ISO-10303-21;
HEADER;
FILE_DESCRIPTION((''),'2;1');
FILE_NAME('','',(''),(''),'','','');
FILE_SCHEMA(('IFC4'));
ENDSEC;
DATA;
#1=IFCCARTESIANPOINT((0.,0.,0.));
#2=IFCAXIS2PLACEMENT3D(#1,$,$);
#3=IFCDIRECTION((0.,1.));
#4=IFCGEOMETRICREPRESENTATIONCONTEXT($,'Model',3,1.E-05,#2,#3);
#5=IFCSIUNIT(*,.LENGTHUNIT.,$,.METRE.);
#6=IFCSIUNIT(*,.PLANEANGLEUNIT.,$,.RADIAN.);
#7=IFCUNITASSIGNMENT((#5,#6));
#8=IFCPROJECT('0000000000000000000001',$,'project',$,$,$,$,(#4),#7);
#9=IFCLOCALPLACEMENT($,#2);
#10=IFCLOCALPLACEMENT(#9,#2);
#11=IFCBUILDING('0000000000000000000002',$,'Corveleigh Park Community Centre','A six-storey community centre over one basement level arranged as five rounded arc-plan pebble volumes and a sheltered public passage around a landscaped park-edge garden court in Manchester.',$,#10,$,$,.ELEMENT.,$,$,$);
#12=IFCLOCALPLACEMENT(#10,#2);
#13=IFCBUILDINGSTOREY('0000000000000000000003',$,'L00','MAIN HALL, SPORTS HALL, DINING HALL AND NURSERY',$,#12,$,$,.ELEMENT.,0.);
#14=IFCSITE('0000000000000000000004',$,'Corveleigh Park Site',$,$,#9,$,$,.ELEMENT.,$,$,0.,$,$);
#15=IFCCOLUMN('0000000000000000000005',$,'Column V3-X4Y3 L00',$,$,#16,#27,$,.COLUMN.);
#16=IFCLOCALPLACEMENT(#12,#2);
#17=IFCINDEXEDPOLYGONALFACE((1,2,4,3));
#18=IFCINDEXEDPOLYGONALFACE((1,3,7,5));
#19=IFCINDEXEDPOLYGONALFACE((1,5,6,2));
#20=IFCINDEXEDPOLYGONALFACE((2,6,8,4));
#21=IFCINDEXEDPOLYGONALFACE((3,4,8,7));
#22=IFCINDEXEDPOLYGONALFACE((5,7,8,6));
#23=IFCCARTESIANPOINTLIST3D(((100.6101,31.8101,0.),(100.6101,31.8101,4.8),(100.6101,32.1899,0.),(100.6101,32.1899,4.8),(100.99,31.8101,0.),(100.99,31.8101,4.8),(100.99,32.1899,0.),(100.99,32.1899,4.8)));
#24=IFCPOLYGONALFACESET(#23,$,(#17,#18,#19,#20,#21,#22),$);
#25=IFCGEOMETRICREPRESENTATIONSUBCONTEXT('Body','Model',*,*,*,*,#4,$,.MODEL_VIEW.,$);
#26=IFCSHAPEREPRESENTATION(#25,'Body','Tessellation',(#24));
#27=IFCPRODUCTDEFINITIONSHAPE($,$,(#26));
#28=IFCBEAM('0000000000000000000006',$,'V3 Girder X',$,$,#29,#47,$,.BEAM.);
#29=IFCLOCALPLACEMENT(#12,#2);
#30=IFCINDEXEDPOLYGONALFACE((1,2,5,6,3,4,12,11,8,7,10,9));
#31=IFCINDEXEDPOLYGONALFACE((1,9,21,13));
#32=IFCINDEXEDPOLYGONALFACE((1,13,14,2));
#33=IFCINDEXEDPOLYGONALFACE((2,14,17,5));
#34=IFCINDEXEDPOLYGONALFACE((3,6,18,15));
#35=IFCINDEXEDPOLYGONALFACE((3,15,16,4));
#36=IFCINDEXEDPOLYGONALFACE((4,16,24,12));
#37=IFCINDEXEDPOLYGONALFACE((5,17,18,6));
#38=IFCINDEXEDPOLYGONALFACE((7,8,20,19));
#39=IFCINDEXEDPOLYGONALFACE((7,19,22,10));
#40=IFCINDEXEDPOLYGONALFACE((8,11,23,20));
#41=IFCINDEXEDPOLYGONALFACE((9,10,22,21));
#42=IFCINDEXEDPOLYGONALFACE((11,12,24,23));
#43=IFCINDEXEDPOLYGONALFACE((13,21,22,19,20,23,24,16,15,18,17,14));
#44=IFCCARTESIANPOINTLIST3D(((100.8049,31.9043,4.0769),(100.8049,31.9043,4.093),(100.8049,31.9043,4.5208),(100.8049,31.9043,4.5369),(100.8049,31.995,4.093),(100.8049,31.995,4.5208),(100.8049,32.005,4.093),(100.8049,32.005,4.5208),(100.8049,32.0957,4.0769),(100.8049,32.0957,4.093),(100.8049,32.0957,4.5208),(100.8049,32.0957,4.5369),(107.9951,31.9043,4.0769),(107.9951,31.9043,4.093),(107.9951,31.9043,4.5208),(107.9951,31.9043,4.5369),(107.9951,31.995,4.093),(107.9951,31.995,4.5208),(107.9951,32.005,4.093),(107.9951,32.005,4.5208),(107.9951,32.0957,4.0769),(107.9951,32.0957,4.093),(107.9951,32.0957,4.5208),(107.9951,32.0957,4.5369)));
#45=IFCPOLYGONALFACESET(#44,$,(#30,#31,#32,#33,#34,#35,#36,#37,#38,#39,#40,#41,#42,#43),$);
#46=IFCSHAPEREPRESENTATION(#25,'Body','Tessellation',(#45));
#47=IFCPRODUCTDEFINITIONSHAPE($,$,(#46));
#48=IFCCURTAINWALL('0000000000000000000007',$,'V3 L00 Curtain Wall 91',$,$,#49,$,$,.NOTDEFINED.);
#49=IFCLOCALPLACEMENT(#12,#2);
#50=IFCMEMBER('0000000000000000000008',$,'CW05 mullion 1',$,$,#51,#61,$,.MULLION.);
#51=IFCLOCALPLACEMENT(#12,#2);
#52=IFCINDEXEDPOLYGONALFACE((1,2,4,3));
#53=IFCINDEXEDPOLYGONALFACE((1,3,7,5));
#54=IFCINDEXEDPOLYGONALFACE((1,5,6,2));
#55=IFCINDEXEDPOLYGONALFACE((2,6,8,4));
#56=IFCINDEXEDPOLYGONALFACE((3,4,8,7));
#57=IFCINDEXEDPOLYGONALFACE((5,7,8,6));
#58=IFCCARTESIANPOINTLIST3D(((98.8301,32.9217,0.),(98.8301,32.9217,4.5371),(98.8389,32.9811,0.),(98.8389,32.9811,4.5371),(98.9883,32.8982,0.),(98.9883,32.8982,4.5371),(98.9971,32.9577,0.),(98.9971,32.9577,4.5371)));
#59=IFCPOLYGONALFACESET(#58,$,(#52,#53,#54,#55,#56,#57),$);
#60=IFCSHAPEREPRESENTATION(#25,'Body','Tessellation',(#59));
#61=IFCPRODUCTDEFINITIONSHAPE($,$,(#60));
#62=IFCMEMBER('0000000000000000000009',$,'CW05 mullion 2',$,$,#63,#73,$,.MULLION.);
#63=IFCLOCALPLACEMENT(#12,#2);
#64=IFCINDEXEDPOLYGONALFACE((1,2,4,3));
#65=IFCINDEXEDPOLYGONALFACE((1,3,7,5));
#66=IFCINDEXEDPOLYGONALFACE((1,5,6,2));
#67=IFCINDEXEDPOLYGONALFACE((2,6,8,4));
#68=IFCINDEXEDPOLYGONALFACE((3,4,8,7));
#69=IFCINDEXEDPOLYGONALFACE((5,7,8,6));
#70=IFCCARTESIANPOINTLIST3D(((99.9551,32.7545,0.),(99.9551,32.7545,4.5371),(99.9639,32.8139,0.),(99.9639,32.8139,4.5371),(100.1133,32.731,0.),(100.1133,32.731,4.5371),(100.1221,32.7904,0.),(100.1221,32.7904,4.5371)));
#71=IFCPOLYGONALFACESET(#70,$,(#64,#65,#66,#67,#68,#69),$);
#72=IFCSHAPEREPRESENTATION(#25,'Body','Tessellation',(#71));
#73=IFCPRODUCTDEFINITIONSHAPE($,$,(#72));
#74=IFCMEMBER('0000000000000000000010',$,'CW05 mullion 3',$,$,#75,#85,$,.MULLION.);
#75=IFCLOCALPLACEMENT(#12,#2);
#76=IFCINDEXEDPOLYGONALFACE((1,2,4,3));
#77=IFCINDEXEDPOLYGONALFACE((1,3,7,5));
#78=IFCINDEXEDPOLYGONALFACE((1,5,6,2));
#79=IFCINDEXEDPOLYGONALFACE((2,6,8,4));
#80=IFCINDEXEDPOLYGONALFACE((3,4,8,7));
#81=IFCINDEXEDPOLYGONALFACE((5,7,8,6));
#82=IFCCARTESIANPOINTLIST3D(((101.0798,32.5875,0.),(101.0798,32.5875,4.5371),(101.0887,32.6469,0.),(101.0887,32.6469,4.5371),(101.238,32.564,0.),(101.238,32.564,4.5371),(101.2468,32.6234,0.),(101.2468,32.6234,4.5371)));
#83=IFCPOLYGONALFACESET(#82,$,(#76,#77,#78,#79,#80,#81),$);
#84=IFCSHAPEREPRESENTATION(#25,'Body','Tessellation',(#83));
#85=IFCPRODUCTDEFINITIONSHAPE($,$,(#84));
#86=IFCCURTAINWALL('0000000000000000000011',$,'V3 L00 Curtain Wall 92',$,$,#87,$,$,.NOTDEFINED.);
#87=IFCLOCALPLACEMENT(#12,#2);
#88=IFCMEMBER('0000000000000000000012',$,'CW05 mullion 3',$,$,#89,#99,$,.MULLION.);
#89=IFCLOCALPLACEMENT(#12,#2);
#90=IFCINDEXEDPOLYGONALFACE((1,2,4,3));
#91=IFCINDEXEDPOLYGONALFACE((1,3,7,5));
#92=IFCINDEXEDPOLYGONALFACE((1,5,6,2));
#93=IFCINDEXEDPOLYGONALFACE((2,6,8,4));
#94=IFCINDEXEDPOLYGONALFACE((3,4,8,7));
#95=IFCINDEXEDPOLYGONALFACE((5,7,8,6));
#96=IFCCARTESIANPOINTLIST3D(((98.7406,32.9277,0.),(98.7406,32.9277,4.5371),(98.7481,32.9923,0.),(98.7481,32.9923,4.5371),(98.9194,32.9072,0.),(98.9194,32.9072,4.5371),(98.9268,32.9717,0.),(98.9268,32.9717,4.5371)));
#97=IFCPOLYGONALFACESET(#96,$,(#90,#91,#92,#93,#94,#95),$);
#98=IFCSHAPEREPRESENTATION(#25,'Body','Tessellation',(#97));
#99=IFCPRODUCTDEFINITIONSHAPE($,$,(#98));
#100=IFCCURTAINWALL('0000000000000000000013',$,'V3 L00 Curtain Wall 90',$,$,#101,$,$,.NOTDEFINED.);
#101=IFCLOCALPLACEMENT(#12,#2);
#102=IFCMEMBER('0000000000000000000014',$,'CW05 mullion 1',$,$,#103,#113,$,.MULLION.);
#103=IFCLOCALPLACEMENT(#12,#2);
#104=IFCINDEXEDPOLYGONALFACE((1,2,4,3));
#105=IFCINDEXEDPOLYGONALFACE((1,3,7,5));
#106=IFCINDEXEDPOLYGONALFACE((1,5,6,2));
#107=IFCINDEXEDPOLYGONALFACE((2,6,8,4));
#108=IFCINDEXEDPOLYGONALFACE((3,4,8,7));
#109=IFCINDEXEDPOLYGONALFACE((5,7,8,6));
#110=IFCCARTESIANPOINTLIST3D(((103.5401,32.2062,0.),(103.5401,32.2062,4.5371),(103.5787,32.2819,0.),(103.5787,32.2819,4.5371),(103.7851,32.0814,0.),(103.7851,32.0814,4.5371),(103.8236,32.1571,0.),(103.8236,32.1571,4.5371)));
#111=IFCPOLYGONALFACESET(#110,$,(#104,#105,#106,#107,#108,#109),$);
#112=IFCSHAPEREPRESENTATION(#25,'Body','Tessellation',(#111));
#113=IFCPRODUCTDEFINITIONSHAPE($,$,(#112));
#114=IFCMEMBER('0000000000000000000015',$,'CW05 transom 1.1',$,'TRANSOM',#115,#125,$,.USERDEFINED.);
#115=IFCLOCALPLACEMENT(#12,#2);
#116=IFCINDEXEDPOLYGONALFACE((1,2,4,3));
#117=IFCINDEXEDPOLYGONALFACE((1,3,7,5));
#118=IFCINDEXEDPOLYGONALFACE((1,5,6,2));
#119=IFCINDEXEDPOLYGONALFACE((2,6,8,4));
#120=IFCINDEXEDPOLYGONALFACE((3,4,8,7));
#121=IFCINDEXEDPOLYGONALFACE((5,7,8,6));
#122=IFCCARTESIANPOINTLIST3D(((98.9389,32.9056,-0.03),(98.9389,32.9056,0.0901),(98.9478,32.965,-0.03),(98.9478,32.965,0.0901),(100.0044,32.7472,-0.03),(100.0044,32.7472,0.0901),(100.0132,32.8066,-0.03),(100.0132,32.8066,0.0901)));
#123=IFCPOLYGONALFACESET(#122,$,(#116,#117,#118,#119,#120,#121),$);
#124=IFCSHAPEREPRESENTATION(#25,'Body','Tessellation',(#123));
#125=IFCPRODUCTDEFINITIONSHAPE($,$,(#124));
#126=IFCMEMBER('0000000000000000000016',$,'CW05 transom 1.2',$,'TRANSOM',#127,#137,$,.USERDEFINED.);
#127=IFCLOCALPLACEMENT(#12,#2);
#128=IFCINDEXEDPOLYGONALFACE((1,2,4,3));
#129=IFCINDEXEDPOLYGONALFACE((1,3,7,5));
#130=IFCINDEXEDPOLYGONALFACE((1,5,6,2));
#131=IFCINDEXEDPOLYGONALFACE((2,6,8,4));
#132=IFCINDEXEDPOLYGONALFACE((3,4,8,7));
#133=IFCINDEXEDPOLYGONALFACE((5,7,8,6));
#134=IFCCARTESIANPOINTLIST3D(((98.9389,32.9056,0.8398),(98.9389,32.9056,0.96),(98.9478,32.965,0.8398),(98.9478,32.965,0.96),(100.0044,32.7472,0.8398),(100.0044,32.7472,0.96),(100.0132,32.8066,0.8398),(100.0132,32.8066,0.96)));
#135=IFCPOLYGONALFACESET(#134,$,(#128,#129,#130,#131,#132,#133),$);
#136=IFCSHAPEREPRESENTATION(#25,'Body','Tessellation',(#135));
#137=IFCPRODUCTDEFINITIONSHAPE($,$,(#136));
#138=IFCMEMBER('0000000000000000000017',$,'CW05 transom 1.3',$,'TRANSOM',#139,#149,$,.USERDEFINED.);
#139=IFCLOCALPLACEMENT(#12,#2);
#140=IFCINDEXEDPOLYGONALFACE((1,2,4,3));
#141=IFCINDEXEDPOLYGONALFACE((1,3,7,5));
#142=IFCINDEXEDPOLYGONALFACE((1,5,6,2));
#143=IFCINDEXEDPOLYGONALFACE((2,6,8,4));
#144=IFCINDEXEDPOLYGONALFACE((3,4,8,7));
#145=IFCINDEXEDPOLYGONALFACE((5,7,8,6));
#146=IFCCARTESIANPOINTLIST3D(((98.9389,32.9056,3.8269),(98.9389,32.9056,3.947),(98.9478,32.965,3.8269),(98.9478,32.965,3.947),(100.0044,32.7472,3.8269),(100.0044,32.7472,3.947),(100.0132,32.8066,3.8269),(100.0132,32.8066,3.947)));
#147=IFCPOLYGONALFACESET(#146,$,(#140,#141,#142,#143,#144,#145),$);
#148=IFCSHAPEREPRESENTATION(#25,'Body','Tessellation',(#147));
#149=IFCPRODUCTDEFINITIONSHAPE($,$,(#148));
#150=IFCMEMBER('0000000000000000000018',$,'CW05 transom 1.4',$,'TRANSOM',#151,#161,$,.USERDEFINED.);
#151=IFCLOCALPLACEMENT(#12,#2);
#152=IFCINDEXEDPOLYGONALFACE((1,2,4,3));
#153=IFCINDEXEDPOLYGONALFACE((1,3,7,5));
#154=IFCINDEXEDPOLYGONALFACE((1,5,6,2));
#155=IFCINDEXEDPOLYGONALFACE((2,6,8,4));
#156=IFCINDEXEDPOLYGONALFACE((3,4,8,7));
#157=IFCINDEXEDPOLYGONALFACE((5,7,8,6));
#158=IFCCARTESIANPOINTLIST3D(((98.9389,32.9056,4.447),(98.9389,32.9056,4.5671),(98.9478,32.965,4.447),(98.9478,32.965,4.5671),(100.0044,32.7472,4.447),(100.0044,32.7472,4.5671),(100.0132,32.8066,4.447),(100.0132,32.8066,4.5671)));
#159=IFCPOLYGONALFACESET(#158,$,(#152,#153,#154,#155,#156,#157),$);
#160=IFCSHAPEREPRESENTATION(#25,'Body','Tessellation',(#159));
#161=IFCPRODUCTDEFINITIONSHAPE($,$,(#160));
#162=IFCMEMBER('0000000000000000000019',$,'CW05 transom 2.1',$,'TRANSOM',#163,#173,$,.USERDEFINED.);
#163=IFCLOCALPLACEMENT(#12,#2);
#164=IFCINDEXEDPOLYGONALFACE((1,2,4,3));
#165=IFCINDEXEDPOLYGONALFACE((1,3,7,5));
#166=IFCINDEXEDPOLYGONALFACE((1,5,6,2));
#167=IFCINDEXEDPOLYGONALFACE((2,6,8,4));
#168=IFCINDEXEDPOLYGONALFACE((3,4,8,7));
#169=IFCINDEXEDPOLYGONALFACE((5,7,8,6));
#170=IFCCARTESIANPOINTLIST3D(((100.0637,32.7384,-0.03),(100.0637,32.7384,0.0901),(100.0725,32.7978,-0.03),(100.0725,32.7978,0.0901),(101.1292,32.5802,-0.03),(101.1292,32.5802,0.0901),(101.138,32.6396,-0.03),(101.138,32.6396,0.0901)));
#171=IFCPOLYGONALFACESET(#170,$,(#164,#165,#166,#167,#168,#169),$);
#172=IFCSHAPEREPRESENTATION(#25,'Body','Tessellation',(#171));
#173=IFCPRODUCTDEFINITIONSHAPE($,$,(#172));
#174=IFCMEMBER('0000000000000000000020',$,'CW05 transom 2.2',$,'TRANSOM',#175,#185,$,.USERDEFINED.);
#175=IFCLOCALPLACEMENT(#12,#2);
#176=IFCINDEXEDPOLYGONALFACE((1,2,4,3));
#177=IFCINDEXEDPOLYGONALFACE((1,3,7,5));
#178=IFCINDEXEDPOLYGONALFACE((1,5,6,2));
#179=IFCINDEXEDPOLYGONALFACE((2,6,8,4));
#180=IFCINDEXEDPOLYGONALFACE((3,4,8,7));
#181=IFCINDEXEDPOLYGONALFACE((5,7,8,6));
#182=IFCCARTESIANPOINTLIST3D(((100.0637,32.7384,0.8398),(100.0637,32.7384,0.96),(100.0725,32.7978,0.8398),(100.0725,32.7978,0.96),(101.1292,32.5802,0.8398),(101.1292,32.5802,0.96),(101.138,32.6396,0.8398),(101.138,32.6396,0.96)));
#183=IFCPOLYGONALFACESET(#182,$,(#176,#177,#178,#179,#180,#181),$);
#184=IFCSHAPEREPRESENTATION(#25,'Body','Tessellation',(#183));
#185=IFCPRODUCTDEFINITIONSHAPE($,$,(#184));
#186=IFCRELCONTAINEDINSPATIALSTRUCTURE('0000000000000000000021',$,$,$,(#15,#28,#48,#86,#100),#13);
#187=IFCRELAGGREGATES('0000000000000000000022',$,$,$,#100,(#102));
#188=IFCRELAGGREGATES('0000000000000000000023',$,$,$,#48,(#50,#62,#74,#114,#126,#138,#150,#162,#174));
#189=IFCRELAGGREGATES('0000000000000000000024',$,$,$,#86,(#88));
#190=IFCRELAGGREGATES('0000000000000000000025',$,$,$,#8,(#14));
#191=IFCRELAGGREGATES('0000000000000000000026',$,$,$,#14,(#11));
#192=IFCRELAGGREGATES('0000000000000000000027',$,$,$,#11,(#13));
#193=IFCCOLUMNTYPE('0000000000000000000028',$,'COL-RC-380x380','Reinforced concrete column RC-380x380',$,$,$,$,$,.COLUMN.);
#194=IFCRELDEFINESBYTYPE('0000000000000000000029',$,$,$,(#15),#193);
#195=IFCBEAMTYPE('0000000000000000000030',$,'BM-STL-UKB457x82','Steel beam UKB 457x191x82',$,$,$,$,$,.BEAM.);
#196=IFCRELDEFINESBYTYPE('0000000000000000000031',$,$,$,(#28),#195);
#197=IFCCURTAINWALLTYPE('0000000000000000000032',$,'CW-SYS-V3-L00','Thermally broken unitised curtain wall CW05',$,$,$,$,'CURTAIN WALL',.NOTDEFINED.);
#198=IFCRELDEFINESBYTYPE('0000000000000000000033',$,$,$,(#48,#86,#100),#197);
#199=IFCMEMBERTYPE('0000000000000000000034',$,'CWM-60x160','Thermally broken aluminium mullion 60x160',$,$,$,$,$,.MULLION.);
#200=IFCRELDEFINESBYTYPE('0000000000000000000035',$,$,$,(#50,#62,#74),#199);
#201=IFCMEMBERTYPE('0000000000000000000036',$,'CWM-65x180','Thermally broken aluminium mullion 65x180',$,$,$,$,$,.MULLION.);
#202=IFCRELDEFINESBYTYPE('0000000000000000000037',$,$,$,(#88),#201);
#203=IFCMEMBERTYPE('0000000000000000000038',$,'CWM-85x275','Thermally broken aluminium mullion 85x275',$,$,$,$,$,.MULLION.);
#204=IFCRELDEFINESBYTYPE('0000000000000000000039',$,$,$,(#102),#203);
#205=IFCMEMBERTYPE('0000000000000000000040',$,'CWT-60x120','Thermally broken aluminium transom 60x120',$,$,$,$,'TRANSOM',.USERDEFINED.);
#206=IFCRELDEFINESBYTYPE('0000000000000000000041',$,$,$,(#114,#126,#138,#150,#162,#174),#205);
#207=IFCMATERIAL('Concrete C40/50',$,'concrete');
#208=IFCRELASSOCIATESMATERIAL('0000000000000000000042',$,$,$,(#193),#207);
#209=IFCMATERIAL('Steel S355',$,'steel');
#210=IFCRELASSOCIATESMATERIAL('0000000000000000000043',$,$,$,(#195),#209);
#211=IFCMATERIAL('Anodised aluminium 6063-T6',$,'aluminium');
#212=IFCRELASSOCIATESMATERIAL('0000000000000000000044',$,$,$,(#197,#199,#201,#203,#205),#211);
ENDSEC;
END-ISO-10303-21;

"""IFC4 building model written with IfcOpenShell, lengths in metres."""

from ifc_helpers import new_model, si_unit, direction, frame, origin, origin_2d, place, context, subcontext, project, spatial, rectangle, i_section, extrude, material, material_profile, profile_set, type_object, element, aggregate, save


model = new_model("IFC4")

# Units and contexts
model_context = context("Model", 3, precision=1e-05, world=origin(), true_north=direction((0.0, 1.0)))
body_context = subcontext(model_context, "Body", "Model", "MODEL_VIEW")
ifc_project = project(units=[si_unit("LENGTHUNIT", "METRE"), si_unit("PLANEANGLEUNIT", "RADIAN")], contexts=[model_context])

# Site, building, storey
site_placement = place(None, origin())
site = spatial("IfcSite", under=ifc_project, at=site_placement, Name="Corveleigh Park Site", CompositionType="ELEMENT", RefElevation=0.0)
building_placement = place(site_placement, origin())
building = spatial("IfcBuilding", under=site, at=building_placement, Name="Corveleigh Park Community Centre", Description="A six-storey community centre over one basement level arranged as five rounded arc-plan pebble volumes and a sheltered public passage around a landscaped park-edge garden court in Manchester.", CompositionType="ELEMENT")
storey_placement = place(building_placement, origin())
storey = spatial("IfcBuildingStorey", under=building, at=storey_placement, Name="L00", Description="MAIN HALL, SPORTS HALL, DINING HALL AND NURSERY", CompositionType="ELEMENT", Elevation=0.0)

# Column
ifc_material_1 = material(Name="Concrete C40/50", Category="concrete")
ifc_material_profile_1 = material_profile(ifc_material_1, rectangle(XDim=0.3799, YDim=0.3799, at=origin_2d()), Name="RC-380x380", Category="concrete")
ifc_profile_set_1 = profile_set([ifc_material_profile_1], Name="Concrete C40/50")
column_type = type_object("IfcColumnType", Name="COL-RC-380x380", Description="Reinforced concrete column RC-380x380", PredefinedType="COLUMN", material=ifc_profile_set_1)
column_placement = place(storey_placement, frame((100.8, 32.0, 0.0), z_axis=(0.0, 0.0, 1.0), x_axis=(1.0, 0.0, 0.0)))
element("IfcColumn", 1, at=column_placement, inside=storey, type_object=column_type, Name="Column V3-X4Y3 L00", PredefinedType="COLUMN", context=body_context, shape_type="SweptSolid", body=[
    extrude(rectangle(XDim=0.3799, YDim=0.3799, at=origin_2d()), origin(), (0.0, 0.0, 1.0), 4.8),
])

# Beam
ifc_material_2 = material(Name="Steel S355", Category="steel")
ifc_material_profile_2 = material_profile(ifc_material_2, i_section(OverallWidth=0.1914, OverallDepth=0.46, WebThickness=0.01, FlangeThickness=0.0161, at=origin_2d()), Name="UKB 457x191x82", Category="steel")
ifc_profile_set_2 = profile_set([ifc_material_profile_2], Name="Steel S355")
beam_type = type_object("IfcBeamType", Name="BM-STL-UKB457x82", Description="Steel beam UKB 457x191x82", PredefinedType="BEAM", material=ifc_profile_set_2)
beam_placement = place(storey_placement, frame((100.8049, 32.0, 4.3069), z_axis=(1.0, 0.0, 0.0), x_axis=(0.0, 1.0, 0.0)))
element("IfcBeam", 2, at=beam_placement, inside=storey, type_object=beam_type, Name="V3 Girder X", PredefinedType="BEAM", context=body_context, shape_type="SweptSolid", body=[
    extrude(i_section(OverallWidth=0.1914, OverallDepth=0.46, WebThickness=0.01, FlangeThickness=0.0161, at=origin_2d()), origin(), (0.0, 0.0, 1.0), 7.1902),
])

# Curtain wall, members
ifc_material_3 = material(Name="Anodised aluminium 6063-T6", Category="aluminium")
curtain_wall_type = type_object("IfcCurtainWallType", Name="CW-SYS-V3-L00", Description="Thermally broken unitised curtain wall CW05", ElementType="CURTAIN WALL", PredefinedType="NOTDEFINED", material=ifc_material_3)
curtain_wall_1_placement = place(storey_placement, origin())
curtain_wall_1 = element("IfcCurtainWall", 3, at=curtain_wall_1_placement, inside=storey, type_object=curtain_wall_type, Name="V3 L00 Curtain Wall 91", PredefinedType="NOTDEFINED")
ifc_material_profile_3 = material_profile(ifc_material_3, rectangle(XDim=0.0601, YDim=0.1599, at=origin_2d()), Name="ALU-M60x160", Category="aluminium")
ifc_profile_set_3 = profile_set([ifc_material_profile_3], Name="Anodised aluminium 6063-T6")
member_type_1 = type_object("IfcMemberType", Name="CWM-60x160", Description="Thermally broken aluminium mullion 60x160", PredefinedType="MULLION", material=ifc_profile_set_3)
member_1_placement = place(storey_placement, frame((98.9136, 32.9397, 0.0), z_axis=(0.0, 0.0, 1.0), x_axis=(0.146937, 0.989146, 0.0)))
member_1 = element("IfcMember", 4, at=member_1_placement, type_object=member_type_1, Name="CW05 mullion 1", PredefinedType="MULLION", context=body_context, shape_type="SweptSolid", body=[
    extrude(rectangle(XDim=0.0601, YDim=0.1599, at=origin_2d()), origin(), (0.0, 0.0, 1.0), 4.5371),
])
member_2_placement = place(storey_placement, frame((100.0386, 32.7725, 0.0), z_axis=(0.0, 0.0, 1.0), x_axis=(0.146937, 0.989146, 0.0)))
member_2 = element("IfcMember", 5, at=member_2_placement, type_object=member_type_1, Name="CW05 mullion 2", PredefinedType="MULLION", context=body_context, shape_type="SweptSolid", body=[
    extrude(rectangle(XDim=0.0601, YDim=0.1599, at=origin_2d()), origin(), (0.0, 0.0, 1.0), 4.5371),
])
member_3_placement = place(storey_placement, frame((101.1633, 32.6055, 0.0), z_axis=(0.0, 0.0, 1.0), x_axis=(0.146937, 0.989146, 0.0)))
member_3 = element("IfcMember", 6, at=member_3_placement, type_object=member_type_1, Name="CW05 mullion 3", PredefinedType="MULLION", context=body_context, shape_type="SweptSolid", body=[
    extrude(rectangle(XDim=0.0601, YDim=0.1599, at=origin_2d()), origin(), (0.0, 0.0, 1.0), 4.5371),
])

# Curtain walls, members
curtain_wall_2_placement = place(storey_placement, origin())
curtain_wall_2 = element("IfcCurtainWall", 7, at=curtain_wall_2_placement, inside=storey, type_object=curtain_wall_type, Name="V3 L00 Curtain Wall 92", PredefinedType="NOTDEFINED")
ifc_material_profile_4 = material_profile(ifc_material_3, rectangle(XDim=0.0649, YDim=0.1799, at=origin_2d()), Name="ALU-M65x180", Category="aluminium")
ifc_profile_set_4 = profile_set([ifc_material_profile_4], Name="Anodised aluminium 6063-T6")
member_type_2 = type_object("IfcMemberType", Name="CWM-65x180", Description="Thermally broken aluminium mullion 65x180", PredefinedType="MULLION", material=ifc_profile_set_4)
member_4_placement = place(storey_placement, frame((98.8337, 32.9497, 0.0), z_axis=(0.0, 0.0, 1.0), x_axis=(0.114478, 0.993426, 0.0)))
member_4 = element("IfcMember", 8, at=member_4_placement, type_object=member_type_2, Name="CW05 mullion 3", PredefinedType="MULLION", context=body_context, shape_type="SweptSolid", body=[
    extrude(rectangle(XDim=0.0649, YDim=0.1799, at=origin_2d()), origin(), (0.0, 0.0, 1.0), 4.5371),
])
curtain_wall_3_placement = place(storey_placement, origin())
curtain_wall_3 = element("IfcCurtainWall", 9, at=curtain_wall_3_placement, inside=storey, type_object=curtain_wall_type, Name="V3 L00 Curtain Wall 90", PredefinedType="NOTDEFINED")
ifc_material_profile_5 = material_profile(ifc_material_3, rectangle(XDim=0.085, YDim=0.2749, at=origin_2d()), Name="ALU-M85x275", Category="aluminium")
ifc_profile_set_5 = profile_set([ifc_material_profile_5], Name="Anodised aluminium 6063-T6")
member_type_3 = type_object("IfcMemberType", Name="CWM-85x275", Description="Thermally broken aluminium mullion 85x275", PredefinedType="MULLION", material=ifc_profile_set_5)
member_5_placement = place(storey_placement, frame((103.6819, 32.1816, 0.0), z_axis=(0.0, 0.0, 1.0), x_axis=(0.454135, 0.890933, 0.0)))
member_5 = element("IfcMember", 10, at=member_5_placement, type_object=member_type_3, Name="CW05 mullion 1", PredefinedType="MULLION", context=body_context, shape_type="SweptSolid", body=[
    extrude(rectangle(XDim=0.085, YDim=0.2749, at=origin_2d()), origin(), (0.0, 0.0, 1.0), 4.5371),
])

# Members
ifc_material_profile_6 = material_profile(ifc_material_3, rectangle(XDim=0.0601, YDim=0.1201, at=origin_2d()), Name="ALU-T60x120", Category="aluminium")
ifc_profile_set_6 = profile_set([ifc_material_profile_6], Name="Anodised aluminium 6063-T6")
member_type_4 = type_object("IfcMemberType", Name="CWT-60x120", Description="Thermally broken aluminium transom 60x120", ElementType="TRANSOM", PredefinedType="USERDEFINED", material=ifc_profile_set_6)
member_6_placement = place(storey_placement, frame((98.9434, 32.9353, 0.03), z_axis=(0.989122, -0.147099, 0.0), x_axis=(0.147099, 0.989122, 0.0)))
member_6 = element("IfcMember", 11, at=member_6_placement, type_object=member_type_4, Name="CW05 transom 1.1", ObjectType="TRANSOM", PredefinedType="USERDEFINED", context=body_context, shape_type="SweptSolid", body=[
    extrude(rectangle(XDim=0.0601, YDim=0.1201, at=origin_2d()), origin(), (0.0, 0.0, 1.0), 1.0771),
])
member_7_placement = place(storey_placement, frame((98.9434, 32.9353, 0.8999), z_axis=(0.989122, -0.147099, 0.0), x_axis=(0.147099, 0.989122, 0.0)))
member_7 = element("IfcMember", 12, at=member_7_placement, type_object=member_type_4, Name="CW05 transom 1.2", ObjectType="TRANSOM", PredefinedType="USERDEFINED", context=body_context, shape_type="SweptSolid", body=[
    extrude(rectangle(XDim=0.0601, YDim=0.1201, at=origin_2d()), origin(), (0.0, 0.0, 1.0), 1.0771),
])
member_8_placement = place(storey_placement, frame((98.9434, 32.9353, 3.887), z_axis=(0.989122, -0.147099, 0.0), x_axis=(0.147099, 0.989122, 0.0)))
member_8 = element("IfcMember", 13, at=member_8_placement, type_object=member_type_4, Name="CW05 transom 1.3", ObjectType="TRANSOM", PredefinedType="USERDEFINED", context=body_context, shape_type="SweptSolid", body=[
    extrude(rectangle(XDim=0.0601, YDim=0.1201, at=origin_2d()), origin(), (0.0, 0.0, 1.0), 1.0771),
])
member_9_placement = place(storey_placement, frame((98.9434, 32.9353, 4.5071), z_axis=(0.989122, -0.147099, 0.0), x_axis=(0.147099, 0.989122, 0.0)))
member_9 = element("IfcMember", 14, at=member_9_placement, type_object=member_type_4, Name="CW05 transom 1.4", ObjectType="TRANSOM", PredefinedType="USERDEFINED", context=body_context, shape_type="SweptSolid", body=[
    extrude(rectangle(XDim=0.0601, YDim=0.1201, at=origin_2d()), origin(), (0.0, 0.0, 1.0), 1.0771),
])
member_10_placement = place(storey_placement, frame((100.0681, 32.7681, 0.03), z_axis=(0.989155, -0.146877, 0.0), x_axis=(0.146877, 0.989155, 0.0)))
member_10 = element("IfcMember", 15, at=member_10_placement, type_object=member_type_4, Name="CW05 transom 2.1", ObjectType="TRANSOM", PredefinedType="USERDEFINED", context=body_context, shape_type="SweptSolid", body=[
    extrude(rectangle(XDim=0.0601, YDim=0.1201, at=origin_2d()), origin(), (0.0, 0.0, 1.0), 1.0771),
])
member_11_placement = place(storey_placement, frame((100.0681, 32.7681, 0.8999), z_axis=(0.989155, -0.146877, 0.0), x_axis=(0.146877, 0.989155, 0.0)))
member_11 = element("IfcMember", 16, at=member_11_placement, type_object=member_type_4, Name="CW05 transom 2.2", ObjectType="TRANSOM", PredefinedType="USERDEFINED", context=body_context, shape_type="SweptSolid", body=[
    extrude(rectangle(XDim=0.0601, YDim=0.1201, at=origin_2d()), origin(), (0.0, 0.0, 1.0), 1.0771),
])
aggregate(curtain_wall_3, [member_5])

aggregate(curtain_wall_1, [member_1, member_2, member_3, member_6, member_7, member_8, member_9, member_10, member_11])
aggregate(curtain_wall_2, [member_4])

save(model, "model.ifc")
